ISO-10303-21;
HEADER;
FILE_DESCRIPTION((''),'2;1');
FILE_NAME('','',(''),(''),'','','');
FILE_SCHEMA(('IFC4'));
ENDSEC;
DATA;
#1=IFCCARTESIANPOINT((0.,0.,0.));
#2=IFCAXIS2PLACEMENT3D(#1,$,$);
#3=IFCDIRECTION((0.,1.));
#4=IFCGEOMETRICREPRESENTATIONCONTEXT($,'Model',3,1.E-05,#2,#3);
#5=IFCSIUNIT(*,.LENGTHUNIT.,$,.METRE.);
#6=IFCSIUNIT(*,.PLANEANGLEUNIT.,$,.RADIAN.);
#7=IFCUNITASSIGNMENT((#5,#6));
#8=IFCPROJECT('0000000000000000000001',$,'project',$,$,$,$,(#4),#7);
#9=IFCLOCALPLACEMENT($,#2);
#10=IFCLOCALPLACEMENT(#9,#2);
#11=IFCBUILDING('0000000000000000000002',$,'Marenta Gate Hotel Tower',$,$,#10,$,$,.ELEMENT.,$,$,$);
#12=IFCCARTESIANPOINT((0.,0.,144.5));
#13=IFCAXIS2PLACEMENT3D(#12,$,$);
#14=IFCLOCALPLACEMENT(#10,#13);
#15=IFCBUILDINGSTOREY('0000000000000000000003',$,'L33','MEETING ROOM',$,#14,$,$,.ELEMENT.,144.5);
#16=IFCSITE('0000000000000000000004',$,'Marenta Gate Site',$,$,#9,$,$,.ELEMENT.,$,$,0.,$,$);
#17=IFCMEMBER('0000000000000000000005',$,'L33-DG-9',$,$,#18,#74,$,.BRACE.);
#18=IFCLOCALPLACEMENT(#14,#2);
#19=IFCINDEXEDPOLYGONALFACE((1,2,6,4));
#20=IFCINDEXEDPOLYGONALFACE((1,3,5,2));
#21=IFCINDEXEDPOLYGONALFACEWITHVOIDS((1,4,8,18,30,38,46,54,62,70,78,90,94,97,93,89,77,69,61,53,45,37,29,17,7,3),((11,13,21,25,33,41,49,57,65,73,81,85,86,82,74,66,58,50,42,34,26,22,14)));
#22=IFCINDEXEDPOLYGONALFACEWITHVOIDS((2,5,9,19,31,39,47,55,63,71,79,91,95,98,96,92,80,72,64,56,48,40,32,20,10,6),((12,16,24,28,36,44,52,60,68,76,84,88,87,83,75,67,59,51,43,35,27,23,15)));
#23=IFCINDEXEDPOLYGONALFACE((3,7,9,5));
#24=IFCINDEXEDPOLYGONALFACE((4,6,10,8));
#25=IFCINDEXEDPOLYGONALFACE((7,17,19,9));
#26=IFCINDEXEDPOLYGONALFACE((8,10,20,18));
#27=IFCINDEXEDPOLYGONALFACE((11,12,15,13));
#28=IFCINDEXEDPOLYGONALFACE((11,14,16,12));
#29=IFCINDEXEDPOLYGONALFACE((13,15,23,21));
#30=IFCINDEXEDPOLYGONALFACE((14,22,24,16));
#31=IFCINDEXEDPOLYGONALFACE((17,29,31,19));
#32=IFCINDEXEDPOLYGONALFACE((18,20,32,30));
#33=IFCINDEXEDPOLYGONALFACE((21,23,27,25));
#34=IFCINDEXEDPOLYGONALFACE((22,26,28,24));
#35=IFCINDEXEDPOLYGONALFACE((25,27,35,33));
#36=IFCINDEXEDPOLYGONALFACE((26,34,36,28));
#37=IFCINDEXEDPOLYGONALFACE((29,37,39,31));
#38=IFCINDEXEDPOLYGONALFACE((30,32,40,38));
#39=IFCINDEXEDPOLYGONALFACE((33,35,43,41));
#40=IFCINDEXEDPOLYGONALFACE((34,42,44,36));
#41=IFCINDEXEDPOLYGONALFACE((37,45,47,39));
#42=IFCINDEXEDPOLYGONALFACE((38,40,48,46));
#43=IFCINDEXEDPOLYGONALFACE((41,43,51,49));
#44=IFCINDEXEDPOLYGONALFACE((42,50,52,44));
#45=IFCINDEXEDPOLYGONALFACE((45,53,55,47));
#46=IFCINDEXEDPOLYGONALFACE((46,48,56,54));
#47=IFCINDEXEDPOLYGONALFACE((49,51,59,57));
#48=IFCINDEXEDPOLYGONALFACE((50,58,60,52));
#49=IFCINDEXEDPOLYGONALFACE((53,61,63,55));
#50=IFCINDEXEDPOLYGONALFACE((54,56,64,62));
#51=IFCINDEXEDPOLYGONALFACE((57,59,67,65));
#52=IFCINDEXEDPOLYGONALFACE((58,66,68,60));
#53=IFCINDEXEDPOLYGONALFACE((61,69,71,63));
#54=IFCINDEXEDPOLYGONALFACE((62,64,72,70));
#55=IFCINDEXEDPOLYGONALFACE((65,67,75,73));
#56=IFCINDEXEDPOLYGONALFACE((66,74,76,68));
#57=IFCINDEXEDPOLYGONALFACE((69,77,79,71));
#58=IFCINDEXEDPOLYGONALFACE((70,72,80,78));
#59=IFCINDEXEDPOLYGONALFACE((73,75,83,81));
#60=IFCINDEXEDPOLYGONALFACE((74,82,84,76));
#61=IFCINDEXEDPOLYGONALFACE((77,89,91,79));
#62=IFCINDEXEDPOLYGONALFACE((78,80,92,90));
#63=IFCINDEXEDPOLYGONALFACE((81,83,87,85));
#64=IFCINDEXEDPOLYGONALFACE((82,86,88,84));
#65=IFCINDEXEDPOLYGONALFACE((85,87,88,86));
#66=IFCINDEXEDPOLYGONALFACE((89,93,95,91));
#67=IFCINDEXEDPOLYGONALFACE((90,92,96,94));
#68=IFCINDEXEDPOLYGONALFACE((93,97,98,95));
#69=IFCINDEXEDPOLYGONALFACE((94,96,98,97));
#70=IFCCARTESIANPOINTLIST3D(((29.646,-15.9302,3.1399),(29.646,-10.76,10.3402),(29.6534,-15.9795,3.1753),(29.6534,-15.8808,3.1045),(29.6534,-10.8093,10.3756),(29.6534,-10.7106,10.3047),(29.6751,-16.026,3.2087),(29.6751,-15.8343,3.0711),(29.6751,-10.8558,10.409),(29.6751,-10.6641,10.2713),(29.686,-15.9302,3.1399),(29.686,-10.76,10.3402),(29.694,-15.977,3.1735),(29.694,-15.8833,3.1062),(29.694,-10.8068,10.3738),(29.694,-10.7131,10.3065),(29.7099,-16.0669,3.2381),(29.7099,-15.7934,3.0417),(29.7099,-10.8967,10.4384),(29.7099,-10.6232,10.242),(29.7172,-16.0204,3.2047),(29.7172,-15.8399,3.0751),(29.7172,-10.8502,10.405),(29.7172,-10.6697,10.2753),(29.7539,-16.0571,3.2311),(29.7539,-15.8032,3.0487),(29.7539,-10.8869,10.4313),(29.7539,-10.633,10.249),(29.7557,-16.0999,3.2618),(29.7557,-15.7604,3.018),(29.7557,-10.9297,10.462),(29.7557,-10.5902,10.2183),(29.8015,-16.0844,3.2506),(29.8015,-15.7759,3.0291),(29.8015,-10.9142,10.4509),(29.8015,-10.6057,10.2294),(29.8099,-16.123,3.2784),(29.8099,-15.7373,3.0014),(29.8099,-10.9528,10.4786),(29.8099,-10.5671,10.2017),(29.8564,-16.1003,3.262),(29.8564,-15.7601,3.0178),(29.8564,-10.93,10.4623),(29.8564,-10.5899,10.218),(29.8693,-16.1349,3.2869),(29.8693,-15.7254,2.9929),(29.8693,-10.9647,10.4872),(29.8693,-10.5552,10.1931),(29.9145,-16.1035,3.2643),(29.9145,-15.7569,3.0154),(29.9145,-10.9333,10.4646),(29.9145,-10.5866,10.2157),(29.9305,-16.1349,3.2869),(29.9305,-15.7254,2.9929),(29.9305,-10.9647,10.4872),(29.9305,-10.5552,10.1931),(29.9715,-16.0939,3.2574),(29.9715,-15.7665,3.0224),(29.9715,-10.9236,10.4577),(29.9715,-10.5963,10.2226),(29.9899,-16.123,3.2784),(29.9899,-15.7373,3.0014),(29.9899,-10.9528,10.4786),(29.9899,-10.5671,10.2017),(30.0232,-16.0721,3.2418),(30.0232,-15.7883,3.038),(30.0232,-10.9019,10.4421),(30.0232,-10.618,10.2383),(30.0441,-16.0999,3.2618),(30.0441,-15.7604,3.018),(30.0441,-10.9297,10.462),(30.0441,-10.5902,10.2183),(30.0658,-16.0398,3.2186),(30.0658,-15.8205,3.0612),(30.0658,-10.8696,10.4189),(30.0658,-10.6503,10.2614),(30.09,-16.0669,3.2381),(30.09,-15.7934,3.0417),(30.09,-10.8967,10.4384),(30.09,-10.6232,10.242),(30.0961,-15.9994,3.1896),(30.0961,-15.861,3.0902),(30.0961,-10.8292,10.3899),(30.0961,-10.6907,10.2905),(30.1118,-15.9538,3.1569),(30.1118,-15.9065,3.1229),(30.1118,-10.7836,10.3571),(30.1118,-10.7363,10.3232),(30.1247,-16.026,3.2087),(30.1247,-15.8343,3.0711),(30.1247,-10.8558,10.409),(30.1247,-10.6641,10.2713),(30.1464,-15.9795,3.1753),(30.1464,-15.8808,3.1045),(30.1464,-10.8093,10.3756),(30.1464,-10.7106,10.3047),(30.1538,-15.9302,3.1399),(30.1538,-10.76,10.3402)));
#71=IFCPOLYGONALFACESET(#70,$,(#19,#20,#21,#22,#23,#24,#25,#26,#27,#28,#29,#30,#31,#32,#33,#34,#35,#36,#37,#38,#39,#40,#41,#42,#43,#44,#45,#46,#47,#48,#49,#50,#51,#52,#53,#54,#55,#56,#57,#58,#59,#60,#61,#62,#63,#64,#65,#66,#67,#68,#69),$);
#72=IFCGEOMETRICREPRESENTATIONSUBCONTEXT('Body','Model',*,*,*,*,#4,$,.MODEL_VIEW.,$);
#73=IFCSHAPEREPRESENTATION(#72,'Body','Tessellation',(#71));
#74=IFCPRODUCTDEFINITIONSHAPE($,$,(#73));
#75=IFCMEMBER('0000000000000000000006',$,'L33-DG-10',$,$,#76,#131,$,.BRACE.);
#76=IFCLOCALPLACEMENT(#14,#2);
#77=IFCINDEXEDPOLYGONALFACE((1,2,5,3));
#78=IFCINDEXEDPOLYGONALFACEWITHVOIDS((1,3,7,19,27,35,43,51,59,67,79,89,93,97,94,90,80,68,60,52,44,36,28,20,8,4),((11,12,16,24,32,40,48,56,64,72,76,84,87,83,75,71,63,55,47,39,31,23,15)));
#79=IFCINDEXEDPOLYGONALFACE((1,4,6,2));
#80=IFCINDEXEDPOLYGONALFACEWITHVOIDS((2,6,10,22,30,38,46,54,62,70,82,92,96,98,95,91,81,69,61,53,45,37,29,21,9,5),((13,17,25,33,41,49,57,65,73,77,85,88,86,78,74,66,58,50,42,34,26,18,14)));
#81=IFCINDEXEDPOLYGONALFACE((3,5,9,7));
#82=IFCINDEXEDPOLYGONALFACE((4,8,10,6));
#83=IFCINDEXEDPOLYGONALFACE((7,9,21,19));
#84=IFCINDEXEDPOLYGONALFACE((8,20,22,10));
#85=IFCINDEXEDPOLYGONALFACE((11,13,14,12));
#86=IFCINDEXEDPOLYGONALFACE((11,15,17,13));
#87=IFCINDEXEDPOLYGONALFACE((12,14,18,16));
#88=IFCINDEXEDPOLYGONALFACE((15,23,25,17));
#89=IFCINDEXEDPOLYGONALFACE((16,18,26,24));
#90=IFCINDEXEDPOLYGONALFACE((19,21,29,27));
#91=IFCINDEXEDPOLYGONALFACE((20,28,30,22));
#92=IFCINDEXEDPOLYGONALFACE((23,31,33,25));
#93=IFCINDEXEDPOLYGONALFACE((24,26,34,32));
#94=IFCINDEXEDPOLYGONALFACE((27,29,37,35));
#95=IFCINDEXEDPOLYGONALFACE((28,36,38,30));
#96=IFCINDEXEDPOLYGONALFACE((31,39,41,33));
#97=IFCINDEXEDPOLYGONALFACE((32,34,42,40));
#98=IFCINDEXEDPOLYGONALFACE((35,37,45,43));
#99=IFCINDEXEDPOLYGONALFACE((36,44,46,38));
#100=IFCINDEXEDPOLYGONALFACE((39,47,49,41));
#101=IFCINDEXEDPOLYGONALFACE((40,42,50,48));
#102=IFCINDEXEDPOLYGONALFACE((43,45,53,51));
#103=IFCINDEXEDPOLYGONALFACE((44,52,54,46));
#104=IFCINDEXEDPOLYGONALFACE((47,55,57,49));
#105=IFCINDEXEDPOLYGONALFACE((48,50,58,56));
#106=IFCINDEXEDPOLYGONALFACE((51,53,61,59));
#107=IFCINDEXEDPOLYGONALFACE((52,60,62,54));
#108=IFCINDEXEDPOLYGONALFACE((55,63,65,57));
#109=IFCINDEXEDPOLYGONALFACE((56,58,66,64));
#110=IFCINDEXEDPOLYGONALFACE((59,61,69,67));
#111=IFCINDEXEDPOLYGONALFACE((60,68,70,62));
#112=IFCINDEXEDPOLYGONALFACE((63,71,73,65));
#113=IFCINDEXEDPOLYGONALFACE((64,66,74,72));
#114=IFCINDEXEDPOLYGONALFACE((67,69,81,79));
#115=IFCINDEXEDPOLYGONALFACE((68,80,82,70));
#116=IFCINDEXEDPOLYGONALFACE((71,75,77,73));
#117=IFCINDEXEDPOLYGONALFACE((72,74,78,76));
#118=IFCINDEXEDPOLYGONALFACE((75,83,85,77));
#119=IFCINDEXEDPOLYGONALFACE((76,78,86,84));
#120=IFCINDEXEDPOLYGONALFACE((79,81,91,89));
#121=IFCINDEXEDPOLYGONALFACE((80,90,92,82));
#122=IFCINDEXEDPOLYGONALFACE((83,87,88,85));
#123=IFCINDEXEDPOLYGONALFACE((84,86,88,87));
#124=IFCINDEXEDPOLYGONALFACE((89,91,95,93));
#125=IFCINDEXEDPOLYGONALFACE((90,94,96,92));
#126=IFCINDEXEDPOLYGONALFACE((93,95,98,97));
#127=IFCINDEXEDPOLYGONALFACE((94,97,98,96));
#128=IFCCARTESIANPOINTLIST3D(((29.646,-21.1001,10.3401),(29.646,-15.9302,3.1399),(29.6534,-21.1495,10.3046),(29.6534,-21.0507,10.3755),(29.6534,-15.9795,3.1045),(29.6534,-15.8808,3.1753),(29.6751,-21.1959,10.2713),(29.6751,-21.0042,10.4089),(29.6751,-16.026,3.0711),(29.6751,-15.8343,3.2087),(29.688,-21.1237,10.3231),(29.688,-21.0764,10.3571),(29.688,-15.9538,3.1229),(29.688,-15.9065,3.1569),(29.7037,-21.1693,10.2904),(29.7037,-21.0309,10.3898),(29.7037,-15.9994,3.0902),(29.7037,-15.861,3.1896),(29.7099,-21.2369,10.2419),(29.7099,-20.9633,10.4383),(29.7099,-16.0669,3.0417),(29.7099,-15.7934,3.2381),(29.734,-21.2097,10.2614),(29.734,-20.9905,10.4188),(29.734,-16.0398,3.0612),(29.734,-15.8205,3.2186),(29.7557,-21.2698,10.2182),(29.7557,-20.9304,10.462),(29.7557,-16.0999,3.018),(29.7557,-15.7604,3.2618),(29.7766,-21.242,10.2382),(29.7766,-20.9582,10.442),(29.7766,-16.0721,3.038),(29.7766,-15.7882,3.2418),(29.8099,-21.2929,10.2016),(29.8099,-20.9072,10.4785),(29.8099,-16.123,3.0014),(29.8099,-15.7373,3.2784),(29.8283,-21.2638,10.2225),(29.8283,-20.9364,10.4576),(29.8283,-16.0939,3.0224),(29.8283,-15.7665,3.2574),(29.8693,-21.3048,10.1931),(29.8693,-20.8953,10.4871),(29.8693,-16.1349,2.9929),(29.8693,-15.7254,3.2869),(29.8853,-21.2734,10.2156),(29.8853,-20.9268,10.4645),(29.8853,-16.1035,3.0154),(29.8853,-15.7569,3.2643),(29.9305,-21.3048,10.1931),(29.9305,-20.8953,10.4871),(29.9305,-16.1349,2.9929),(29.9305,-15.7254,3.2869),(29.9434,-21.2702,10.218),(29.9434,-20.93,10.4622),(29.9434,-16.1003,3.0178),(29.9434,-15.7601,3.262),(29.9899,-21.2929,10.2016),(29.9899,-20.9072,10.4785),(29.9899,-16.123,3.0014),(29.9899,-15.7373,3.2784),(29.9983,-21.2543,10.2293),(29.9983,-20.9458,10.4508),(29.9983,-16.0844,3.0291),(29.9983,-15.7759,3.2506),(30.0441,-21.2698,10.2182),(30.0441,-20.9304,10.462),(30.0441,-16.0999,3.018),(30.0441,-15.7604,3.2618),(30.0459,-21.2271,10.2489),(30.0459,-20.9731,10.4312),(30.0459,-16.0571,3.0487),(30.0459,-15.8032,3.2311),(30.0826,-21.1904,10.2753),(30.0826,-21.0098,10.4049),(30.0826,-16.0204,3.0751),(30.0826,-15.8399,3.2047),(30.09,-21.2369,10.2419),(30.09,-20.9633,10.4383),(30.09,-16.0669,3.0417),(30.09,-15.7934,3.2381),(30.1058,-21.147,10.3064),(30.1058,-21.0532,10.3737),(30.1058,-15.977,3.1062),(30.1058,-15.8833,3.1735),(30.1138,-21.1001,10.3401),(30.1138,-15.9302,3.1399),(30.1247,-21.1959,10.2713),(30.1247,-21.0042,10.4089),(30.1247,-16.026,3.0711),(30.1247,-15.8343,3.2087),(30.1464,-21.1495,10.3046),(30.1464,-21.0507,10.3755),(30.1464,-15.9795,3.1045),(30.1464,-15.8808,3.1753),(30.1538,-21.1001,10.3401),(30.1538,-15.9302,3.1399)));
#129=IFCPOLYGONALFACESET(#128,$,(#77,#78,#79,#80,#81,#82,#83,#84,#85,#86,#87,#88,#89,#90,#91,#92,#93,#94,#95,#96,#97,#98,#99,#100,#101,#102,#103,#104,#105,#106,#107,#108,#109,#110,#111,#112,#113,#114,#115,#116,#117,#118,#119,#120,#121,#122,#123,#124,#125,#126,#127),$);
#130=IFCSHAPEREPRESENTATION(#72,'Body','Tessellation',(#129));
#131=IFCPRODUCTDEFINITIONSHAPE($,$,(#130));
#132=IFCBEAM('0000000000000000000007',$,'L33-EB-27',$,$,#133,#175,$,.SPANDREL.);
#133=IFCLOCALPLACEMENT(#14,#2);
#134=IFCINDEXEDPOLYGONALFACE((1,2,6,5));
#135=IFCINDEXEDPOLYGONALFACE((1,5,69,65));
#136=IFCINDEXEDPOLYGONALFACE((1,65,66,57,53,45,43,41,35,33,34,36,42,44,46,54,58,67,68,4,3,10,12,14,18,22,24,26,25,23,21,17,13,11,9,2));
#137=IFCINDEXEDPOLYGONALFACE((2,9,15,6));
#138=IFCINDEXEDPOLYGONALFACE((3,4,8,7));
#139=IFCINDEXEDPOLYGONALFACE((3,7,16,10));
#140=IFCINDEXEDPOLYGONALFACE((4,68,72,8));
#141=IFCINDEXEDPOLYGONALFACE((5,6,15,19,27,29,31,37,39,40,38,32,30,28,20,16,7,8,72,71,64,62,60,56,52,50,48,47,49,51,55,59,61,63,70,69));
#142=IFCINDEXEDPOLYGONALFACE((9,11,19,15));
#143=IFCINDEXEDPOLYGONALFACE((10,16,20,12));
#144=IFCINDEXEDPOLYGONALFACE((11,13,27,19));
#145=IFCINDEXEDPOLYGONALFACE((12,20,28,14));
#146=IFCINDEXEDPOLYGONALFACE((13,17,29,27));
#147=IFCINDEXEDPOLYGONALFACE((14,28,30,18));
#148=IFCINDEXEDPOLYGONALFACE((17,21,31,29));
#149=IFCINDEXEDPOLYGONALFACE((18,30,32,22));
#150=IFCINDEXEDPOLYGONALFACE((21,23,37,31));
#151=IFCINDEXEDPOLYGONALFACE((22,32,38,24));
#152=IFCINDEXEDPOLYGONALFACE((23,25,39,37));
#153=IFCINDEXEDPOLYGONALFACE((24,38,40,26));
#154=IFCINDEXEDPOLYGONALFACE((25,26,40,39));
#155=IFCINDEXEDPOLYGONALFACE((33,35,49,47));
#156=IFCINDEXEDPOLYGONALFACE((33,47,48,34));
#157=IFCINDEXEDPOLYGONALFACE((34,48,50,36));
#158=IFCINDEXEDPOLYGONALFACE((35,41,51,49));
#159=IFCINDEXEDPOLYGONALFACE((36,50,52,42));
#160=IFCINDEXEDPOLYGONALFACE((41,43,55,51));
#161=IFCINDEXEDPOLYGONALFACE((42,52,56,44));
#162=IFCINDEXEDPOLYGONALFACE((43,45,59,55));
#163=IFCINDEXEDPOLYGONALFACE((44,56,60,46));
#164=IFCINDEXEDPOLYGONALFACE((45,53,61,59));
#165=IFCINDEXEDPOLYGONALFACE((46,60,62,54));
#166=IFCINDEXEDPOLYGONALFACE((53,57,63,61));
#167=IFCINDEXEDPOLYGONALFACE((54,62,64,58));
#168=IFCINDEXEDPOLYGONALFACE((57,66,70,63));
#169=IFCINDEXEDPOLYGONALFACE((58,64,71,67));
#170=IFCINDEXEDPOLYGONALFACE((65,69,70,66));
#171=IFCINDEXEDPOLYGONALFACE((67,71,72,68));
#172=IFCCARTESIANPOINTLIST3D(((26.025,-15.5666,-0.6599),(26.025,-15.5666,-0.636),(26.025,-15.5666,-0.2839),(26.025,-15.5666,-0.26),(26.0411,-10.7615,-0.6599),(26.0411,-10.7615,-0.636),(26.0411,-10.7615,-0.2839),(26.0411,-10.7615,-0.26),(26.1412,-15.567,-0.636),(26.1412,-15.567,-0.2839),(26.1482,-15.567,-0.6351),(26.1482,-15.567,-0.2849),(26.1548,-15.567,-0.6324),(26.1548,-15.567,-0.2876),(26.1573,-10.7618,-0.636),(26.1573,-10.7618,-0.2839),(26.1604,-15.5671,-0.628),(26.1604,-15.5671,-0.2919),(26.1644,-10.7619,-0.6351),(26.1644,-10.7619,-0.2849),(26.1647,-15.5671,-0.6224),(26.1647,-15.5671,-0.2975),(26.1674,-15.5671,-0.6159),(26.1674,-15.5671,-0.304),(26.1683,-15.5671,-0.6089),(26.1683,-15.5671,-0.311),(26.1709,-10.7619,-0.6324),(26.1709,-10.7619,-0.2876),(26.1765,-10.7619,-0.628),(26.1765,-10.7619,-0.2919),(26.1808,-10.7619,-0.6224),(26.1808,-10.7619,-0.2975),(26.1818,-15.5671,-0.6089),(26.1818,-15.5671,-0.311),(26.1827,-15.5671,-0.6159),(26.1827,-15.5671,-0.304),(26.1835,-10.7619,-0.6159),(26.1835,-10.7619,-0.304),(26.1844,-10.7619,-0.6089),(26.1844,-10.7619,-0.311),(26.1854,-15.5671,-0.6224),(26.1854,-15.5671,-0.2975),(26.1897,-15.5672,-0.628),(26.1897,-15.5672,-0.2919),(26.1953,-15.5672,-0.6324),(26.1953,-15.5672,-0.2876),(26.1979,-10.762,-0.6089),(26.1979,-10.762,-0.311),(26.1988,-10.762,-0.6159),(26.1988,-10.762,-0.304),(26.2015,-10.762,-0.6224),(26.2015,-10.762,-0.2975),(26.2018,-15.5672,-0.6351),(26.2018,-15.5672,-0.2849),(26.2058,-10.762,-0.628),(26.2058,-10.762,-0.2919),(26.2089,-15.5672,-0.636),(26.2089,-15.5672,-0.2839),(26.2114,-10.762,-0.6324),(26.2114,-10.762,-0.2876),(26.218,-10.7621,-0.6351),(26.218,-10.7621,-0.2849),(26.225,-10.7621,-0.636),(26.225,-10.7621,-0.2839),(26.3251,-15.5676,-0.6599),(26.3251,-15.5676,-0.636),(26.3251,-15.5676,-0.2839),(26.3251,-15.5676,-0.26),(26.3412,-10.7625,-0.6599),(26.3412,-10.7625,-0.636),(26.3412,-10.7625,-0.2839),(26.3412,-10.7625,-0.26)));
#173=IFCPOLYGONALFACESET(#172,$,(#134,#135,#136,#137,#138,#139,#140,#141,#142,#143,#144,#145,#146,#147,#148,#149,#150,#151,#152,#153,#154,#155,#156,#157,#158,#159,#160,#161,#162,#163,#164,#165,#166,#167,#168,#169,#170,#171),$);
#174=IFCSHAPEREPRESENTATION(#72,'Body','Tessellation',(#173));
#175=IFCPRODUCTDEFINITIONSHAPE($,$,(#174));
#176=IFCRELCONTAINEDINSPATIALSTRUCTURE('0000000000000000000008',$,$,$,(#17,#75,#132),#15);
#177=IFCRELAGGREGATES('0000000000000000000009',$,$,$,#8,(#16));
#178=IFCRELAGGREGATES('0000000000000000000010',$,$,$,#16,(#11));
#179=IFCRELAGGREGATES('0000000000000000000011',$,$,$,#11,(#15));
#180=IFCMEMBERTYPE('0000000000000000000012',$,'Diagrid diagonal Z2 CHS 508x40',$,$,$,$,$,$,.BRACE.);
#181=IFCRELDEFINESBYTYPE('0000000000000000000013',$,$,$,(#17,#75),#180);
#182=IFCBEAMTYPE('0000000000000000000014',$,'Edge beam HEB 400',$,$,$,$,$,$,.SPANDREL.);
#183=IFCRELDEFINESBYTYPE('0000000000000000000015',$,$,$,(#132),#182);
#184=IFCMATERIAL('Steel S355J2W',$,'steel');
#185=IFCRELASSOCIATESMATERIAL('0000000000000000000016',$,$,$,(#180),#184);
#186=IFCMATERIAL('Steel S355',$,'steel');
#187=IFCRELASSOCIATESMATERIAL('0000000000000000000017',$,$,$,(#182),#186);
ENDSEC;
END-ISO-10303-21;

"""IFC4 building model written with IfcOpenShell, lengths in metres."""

from ifc_helpers import new_model, si_unit, direction, frame, origin, origin_2d, place, context, subcontext, project, spatial, hollow_circle, i_section, extrude, material, material_profile, profile_set, type_object, element, save


model = new_model("IFC4")

# Units and contexts
model_context = context("Model", 3, precision=1e-05, world=origin(), true_north=direction((0.0, 1.0)))
body_context = subcontext(model_context, "Body", "Model", "MODEL_VIEW")
ifc_project = project(units=[si_unit("LENGTHUNIT", "METRE"), si_unit("PLANEANGLEUNIT", "RADIAN")], contexts=[model_context])

# Site, building, storey
site_placement = place(None, origin())
site = spatial("IfcSite", under=ifc_project, at=site_placement, Name="Marenta Gate Site", CompositionType="ELEMENT", RefElevation=0.0)
building_placement = place(site_placement, origin())
building = spatial("IfcBuilding", under=site, at=building_placement, Name="Marenta Gate Hotel Tower", CompositionType="ELEMENT")
storey_placement = place(building_placement, frame((0.0, 0.0, 144.5)))
storey = spatial("IfcBuildingStorey", under=building, at=storey_placement, Name="L33", Description="MEETING ROOM", CompositionType="ELEMENT", Elevation=144.5)

# Members
ifc_material_1 = material(Name="Steel S355J2W", Category="steel")
ifc_material_profile_1 = material_profile(ifc_material_1, hollow_circle(Radius=0.2539, WallThickness=0.04, at=origin_2d()), Name="CHS 508x40")
ifc_profile_set_1 = profile_set([ifc_material_profile_1], Name="Steel S355J2W")
member_type_1 = type_object("IfcMemberType", Name="Diagrid diagonal Z2 CHS 508x40", PredefinedType="BRACE", material=ifc_profile_set_1)
member_1_placement = place(storey_placement, frame((29.8999, -15.9302, 3.1399), z_axis=(0.0, 0.583266, 0.812281), x_axis=(-1.0, 0.0, 0.0)))
element("IfcMember", 1, at=member_1_placement, inside=storey, type_object=member_type_1, Name="L33-DG-9", PredefinedType="BRACE", context=body_context, shape_type="SweptSolid", body=[
    extrude(hollow_circle(Radius=0.2539, WallThickness=0.04, at=origin_2d()), origin(), (0.0, 0.0, 1.0), 8.8643),
])
member_2_placement = place(storey_placement, frame((29.8999, -15.9302, 3.1399), z_axis=(0.0, -0.583248, 0.812294), x_axis=(1.0, 0.0, 0.0)))
element("IfcMember", 2, at=member_2_placement, inside=storey, type_object=member_type_1, Name="L33-DG-10", PredefinedType="BRACE", context=body_context, shape_type="SweptSolid", body=[
    extrude(hollow_circle(Radius=0.2539, WallThickness=0.04, at=origin_2d()), origin(), (0.0, 0.0, 1.0), 8.864),
])

# Beam
ifc_material_2 = material(Name="Steel S355", Category="steel")
ifc_material_profile_2 = material_profile(ifc_material_2, i_section(OverallWidth=0.3, OverallDepth=0.3999, WebThickness=0.0134, FlangeThickness=0.0239, FilletRadius=0.0271, at=origin_2d()), Name="HEB 400")
ifc_profile_set_2 = profile_set([ifc_material_profile_2], Name="Steel S355")
beam_type_1 = type_object("IfcBeamType", Name="Edge beam HEB 400", PredefinedType="SPANDREL", material=ifc_profile_set_2)
beam_1_placement = place(storey_placement, frame((26.1912, -10.762, -0.46), z_axis=(-0.003353, -0.999994, 0.0), x_axis=(0.999994, -0.003353, 0.0)))
element("IfcBeam", 3, at=beam_1_placement, inside=storey, type_object=beam_type_1, Name="L33-EB-27", PredefinedType="SPANDREL", context=body_context, shape_type="SweptSolid", body=[
    extrude(i_section(OverallWidth=0.3, OverallDepth=0.3999, WebThickness=0.0134, FlangeThickness=0.0239, FilletRadius=0.0271, at=origin_2d()), origin(), (0.0, 0.0, 1.0), 4.8052),
])

save(model, "model.ifc")
